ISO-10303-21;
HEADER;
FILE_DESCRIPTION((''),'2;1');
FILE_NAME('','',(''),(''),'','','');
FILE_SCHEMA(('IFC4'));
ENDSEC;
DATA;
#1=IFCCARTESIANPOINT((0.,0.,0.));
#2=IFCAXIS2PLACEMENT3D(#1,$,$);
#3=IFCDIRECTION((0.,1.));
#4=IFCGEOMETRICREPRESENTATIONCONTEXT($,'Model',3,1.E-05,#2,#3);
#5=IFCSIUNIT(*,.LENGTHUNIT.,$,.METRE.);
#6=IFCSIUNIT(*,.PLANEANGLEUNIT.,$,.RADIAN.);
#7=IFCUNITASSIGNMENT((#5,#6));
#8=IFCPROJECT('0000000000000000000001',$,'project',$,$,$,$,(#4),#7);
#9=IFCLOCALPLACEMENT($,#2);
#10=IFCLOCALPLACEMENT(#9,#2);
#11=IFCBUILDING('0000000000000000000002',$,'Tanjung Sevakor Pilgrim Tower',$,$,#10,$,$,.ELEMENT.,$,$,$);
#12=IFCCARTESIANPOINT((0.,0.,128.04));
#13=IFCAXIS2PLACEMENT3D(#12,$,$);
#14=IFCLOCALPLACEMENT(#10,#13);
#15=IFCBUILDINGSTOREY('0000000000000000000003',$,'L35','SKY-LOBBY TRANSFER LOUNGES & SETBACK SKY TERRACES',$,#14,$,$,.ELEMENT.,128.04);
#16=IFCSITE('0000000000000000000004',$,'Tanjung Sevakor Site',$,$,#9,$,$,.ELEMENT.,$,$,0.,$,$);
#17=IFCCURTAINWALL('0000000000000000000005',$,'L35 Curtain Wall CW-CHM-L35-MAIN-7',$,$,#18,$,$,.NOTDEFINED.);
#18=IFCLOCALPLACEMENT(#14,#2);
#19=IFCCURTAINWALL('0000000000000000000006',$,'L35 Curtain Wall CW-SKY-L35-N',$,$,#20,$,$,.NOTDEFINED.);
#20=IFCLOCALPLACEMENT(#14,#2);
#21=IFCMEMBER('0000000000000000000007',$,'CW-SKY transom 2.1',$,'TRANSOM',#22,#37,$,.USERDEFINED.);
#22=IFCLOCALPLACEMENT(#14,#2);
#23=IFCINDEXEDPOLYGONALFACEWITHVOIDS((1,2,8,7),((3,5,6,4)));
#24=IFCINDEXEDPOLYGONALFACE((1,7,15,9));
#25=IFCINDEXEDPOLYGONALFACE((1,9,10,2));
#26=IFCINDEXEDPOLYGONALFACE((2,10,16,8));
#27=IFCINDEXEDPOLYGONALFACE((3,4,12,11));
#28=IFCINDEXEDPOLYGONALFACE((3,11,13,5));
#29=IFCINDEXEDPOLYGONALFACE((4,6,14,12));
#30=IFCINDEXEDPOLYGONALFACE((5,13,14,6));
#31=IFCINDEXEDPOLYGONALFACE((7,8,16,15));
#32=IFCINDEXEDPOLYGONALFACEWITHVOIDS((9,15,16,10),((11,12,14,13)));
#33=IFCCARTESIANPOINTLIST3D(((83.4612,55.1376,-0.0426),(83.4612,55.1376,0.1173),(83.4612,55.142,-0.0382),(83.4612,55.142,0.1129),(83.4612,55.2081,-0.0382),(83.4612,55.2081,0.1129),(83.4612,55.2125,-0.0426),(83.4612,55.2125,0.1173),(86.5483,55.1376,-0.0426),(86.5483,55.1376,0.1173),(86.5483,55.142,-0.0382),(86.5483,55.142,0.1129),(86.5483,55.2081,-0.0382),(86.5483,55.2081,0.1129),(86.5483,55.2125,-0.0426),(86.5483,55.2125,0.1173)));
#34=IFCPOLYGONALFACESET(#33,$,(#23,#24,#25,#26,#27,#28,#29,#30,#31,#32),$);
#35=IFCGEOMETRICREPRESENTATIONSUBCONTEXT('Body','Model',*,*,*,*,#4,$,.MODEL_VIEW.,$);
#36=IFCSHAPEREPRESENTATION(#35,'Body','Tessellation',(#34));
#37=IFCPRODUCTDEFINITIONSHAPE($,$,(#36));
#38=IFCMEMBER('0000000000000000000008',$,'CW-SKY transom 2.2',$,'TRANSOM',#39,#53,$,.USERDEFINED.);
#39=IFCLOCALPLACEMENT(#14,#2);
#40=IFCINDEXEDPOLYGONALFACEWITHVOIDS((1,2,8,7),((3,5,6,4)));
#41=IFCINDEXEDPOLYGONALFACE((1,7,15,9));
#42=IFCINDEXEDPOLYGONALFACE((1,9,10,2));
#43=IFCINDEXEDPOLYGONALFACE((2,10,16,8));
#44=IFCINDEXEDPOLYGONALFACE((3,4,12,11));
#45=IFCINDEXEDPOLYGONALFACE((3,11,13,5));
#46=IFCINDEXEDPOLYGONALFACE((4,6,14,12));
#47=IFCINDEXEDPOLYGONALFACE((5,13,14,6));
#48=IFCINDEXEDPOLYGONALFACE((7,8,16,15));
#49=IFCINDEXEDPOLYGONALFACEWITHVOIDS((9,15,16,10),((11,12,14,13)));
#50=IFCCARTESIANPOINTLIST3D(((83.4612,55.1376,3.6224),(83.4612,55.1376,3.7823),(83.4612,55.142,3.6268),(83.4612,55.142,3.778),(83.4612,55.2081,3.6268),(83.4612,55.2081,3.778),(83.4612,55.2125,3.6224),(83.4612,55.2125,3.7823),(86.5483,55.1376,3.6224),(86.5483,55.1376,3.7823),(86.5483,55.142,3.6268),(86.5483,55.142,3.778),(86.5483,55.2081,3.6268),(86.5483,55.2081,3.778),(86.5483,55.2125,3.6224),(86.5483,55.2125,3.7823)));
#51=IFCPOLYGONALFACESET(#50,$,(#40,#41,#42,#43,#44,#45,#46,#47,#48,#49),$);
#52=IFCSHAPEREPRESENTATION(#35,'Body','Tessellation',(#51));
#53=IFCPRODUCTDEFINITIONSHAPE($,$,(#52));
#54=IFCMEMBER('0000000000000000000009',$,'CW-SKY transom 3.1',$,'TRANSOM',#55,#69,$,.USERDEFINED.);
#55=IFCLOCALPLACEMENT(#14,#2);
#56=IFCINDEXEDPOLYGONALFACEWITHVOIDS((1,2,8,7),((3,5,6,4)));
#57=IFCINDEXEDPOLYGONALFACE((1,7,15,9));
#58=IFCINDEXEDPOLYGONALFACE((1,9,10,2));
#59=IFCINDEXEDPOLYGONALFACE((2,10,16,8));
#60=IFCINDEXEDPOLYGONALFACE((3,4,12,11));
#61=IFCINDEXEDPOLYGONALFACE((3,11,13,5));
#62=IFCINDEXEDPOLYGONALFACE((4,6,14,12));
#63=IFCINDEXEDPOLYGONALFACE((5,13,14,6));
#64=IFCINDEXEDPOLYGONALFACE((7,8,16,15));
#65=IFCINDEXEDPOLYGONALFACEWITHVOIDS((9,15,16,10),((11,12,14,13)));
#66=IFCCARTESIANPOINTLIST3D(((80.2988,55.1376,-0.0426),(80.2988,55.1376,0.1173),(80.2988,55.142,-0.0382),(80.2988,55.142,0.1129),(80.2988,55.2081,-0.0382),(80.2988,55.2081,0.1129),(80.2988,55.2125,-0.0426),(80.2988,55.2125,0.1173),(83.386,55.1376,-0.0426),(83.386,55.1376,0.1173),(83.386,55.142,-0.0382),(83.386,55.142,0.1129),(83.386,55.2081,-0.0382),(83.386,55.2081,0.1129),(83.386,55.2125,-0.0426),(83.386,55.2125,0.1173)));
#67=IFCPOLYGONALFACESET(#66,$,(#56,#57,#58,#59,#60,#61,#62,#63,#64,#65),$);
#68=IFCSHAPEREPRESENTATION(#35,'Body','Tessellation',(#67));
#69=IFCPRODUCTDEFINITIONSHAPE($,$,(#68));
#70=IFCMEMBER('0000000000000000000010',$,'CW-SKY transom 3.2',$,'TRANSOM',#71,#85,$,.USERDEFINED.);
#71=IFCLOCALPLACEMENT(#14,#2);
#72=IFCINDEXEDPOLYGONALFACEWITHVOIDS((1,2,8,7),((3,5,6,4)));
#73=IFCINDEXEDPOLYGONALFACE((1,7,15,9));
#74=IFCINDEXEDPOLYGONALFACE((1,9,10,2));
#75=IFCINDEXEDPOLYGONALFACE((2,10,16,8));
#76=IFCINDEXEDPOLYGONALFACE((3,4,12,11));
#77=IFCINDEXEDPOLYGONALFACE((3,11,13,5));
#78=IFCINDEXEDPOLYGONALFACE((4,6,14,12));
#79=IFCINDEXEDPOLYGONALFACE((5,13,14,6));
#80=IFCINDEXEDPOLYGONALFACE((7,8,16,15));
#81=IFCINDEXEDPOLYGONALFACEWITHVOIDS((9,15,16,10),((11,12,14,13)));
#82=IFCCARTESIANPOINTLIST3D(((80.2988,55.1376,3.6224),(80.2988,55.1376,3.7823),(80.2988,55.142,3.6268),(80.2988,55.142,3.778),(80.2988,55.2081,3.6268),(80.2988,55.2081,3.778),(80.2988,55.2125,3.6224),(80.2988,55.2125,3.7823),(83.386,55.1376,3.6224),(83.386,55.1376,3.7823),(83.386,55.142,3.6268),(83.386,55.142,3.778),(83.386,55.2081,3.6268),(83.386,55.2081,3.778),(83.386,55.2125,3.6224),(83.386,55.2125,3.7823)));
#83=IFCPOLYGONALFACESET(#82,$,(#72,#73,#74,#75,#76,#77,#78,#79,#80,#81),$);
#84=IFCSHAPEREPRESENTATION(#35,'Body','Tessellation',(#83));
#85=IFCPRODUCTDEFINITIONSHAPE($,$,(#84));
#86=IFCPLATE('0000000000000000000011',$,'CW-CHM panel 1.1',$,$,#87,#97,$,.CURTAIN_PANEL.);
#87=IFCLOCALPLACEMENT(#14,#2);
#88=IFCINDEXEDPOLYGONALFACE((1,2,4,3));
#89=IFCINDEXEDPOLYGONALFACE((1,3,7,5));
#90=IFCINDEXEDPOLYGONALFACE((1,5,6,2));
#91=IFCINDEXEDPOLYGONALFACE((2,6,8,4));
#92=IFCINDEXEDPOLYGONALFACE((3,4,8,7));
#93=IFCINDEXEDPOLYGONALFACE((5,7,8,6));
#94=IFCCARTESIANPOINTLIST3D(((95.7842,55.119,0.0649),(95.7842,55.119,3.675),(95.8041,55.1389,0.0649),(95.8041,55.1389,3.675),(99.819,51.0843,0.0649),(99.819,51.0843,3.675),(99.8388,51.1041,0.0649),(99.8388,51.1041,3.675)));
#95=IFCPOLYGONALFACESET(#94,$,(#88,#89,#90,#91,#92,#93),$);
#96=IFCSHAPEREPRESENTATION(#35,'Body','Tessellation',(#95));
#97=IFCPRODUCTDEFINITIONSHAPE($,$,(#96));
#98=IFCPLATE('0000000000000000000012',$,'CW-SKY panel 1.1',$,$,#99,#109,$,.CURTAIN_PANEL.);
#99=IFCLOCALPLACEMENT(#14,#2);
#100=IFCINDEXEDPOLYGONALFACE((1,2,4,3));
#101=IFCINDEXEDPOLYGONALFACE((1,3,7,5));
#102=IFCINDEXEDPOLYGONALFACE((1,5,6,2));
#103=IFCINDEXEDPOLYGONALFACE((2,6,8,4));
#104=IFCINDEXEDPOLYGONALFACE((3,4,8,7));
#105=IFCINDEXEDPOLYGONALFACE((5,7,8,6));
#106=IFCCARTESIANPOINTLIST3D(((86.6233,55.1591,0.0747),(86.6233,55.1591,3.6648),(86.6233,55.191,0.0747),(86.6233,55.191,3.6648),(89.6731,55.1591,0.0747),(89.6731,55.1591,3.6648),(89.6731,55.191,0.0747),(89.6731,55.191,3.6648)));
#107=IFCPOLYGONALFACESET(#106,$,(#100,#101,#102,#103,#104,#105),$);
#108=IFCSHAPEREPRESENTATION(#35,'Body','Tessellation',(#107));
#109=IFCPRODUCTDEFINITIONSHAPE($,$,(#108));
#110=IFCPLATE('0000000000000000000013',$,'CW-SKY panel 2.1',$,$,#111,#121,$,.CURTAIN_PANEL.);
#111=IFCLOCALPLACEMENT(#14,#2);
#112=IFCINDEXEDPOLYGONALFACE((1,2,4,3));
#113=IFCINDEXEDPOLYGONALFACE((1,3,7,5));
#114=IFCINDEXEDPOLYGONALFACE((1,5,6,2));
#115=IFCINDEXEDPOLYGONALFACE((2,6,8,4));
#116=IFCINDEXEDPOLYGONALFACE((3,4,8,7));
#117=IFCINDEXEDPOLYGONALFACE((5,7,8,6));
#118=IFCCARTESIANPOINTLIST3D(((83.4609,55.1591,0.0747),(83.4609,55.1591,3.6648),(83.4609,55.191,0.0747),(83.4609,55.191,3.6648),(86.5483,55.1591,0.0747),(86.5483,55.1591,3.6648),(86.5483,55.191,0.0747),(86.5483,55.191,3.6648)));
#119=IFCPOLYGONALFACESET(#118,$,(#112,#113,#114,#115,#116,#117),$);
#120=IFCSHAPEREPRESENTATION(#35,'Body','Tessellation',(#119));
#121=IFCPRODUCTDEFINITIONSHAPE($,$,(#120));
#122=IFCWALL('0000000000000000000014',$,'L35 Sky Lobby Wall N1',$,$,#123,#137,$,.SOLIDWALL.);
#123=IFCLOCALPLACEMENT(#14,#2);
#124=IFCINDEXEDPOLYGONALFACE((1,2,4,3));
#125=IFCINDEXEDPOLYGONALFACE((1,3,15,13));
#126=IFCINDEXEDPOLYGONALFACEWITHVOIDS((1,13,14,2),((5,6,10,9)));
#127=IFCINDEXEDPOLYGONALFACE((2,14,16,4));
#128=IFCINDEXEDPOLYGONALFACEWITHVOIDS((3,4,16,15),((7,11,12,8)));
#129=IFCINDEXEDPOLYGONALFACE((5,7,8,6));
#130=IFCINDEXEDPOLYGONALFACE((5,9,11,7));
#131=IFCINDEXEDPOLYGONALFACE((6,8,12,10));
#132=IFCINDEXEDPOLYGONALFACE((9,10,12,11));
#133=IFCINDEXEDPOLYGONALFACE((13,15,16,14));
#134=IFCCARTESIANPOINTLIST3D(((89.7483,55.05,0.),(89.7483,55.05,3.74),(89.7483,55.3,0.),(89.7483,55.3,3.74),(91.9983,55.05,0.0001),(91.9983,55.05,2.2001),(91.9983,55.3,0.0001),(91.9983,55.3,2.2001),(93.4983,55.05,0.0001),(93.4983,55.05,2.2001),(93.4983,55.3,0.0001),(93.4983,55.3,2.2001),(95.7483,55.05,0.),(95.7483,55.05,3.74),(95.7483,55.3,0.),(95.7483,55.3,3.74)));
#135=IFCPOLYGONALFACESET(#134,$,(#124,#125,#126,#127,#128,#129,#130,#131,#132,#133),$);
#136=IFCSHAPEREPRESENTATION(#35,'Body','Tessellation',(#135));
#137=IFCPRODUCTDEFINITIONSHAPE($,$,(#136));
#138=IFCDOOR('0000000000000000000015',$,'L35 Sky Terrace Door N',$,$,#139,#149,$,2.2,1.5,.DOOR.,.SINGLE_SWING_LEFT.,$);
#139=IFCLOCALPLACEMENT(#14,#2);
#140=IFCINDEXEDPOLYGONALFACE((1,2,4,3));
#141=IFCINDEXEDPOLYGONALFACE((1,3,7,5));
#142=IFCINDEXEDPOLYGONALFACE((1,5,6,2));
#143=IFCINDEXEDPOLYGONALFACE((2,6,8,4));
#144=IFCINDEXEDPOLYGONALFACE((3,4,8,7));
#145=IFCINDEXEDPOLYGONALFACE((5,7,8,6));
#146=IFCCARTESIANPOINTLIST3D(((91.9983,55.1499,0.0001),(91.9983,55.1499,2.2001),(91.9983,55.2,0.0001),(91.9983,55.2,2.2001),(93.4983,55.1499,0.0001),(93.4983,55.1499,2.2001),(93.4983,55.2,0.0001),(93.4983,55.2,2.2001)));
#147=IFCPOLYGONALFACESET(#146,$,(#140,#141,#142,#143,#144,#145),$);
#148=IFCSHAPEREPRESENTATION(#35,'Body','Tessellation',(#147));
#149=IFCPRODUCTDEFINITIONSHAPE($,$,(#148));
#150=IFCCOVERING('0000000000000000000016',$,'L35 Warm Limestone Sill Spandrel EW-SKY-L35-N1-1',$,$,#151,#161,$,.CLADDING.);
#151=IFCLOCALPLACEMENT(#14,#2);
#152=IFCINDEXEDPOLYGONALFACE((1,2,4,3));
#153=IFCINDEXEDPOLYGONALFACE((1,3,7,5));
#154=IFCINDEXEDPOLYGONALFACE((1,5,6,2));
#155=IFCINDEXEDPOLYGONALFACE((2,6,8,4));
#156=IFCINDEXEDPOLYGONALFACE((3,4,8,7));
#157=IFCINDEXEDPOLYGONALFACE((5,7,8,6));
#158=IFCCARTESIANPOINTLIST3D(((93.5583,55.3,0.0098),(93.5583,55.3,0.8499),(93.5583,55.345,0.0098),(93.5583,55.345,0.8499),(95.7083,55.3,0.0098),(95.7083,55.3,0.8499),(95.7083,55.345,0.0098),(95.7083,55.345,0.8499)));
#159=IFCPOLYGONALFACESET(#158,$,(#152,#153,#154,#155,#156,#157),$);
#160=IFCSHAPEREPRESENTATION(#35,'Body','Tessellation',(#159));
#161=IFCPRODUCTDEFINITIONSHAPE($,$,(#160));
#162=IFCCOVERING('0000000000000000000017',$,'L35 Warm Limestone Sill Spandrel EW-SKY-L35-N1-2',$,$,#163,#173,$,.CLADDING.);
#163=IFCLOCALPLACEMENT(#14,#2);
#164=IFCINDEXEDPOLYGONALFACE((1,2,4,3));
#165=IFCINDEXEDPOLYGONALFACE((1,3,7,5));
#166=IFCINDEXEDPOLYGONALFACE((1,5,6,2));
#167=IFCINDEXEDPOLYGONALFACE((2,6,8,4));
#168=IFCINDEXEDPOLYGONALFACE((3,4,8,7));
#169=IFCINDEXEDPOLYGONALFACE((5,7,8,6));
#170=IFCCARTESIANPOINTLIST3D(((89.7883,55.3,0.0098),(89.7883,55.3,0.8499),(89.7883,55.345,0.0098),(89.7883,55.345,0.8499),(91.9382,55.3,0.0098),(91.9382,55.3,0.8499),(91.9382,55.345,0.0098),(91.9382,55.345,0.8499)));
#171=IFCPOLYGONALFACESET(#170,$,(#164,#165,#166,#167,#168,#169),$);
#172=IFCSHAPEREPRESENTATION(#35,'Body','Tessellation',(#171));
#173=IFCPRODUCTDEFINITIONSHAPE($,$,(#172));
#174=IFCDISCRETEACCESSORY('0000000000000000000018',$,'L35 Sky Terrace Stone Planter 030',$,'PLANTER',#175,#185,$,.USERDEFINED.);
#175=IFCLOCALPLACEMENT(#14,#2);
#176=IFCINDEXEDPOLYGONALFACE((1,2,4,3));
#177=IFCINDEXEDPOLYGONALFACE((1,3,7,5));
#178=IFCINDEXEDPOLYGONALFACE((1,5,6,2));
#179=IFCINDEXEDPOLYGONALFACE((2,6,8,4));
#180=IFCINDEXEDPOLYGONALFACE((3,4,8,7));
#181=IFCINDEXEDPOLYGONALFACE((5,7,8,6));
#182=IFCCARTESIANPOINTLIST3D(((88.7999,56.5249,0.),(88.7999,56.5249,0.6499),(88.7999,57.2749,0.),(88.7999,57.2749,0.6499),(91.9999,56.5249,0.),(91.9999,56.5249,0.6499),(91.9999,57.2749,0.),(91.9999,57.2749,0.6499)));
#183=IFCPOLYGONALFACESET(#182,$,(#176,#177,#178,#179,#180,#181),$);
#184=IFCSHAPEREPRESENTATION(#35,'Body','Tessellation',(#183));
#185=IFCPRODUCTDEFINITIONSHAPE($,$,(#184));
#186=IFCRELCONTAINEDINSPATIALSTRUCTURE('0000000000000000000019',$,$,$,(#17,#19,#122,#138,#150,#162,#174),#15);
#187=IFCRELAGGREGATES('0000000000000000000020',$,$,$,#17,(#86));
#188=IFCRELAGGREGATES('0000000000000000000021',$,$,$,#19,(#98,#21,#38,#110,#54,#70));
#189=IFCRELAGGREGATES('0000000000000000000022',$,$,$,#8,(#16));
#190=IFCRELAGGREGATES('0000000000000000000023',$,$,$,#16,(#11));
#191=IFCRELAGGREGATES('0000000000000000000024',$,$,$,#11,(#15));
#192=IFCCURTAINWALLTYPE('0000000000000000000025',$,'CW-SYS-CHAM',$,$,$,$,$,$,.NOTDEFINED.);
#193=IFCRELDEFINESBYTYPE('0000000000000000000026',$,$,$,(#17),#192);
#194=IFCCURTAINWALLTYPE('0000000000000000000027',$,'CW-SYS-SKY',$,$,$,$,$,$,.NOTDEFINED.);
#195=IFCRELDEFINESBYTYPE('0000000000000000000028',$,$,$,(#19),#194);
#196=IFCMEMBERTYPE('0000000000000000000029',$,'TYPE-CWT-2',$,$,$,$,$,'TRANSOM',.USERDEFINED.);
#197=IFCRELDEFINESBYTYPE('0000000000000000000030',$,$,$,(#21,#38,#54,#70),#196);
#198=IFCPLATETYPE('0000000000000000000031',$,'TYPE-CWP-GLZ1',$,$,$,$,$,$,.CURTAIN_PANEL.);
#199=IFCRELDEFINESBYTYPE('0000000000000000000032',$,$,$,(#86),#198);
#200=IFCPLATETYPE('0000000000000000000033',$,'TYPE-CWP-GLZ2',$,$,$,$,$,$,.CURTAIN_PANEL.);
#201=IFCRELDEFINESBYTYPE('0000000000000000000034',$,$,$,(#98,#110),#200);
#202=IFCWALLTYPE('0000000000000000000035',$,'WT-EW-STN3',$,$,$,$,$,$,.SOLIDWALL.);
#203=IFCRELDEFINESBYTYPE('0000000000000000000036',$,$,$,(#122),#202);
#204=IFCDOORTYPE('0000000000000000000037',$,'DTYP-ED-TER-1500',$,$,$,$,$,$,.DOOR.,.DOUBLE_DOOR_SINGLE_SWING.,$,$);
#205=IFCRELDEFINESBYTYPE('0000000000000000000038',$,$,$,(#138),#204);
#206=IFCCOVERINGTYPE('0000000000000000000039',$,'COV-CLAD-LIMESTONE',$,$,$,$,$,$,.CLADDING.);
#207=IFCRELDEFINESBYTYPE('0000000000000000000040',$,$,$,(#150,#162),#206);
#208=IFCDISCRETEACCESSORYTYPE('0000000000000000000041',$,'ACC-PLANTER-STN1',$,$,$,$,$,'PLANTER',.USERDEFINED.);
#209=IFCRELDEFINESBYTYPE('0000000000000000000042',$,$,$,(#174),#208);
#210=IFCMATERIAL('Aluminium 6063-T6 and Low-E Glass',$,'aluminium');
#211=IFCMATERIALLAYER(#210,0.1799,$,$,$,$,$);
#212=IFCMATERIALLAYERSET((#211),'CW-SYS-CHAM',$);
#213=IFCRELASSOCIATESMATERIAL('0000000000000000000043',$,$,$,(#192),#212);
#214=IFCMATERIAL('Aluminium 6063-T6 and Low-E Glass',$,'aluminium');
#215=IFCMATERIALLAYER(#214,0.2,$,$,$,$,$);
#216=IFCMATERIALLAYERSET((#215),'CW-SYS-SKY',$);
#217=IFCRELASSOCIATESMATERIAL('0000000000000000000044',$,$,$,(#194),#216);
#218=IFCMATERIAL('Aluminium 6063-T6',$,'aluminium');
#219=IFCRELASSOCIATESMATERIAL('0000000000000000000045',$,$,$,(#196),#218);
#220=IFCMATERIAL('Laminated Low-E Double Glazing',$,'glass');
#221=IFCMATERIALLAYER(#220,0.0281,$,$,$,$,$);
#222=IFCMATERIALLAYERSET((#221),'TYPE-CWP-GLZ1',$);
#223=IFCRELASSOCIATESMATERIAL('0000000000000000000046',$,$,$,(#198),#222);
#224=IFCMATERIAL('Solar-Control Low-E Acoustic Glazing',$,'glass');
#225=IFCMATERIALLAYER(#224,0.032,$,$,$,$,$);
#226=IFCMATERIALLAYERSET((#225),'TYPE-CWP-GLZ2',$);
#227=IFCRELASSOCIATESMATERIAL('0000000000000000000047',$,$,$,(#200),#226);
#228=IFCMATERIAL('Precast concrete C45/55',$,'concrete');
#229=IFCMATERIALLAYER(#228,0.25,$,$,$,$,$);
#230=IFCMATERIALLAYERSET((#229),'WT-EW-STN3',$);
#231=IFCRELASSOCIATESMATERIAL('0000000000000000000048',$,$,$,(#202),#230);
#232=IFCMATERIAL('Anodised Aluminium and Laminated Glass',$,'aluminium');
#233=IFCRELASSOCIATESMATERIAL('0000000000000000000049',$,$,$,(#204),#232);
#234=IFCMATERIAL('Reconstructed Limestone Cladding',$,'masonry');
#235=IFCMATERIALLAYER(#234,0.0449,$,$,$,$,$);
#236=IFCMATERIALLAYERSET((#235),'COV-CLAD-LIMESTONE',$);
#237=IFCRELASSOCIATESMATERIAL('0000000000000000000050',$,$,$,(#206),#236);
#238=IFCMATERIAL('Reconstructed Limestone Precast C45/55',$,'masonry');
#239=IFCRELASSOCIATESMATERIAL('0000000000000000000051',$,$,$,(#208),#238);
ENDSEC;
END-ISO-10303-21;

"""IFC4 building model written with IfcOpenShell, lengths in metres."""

from ifc_helpers import new_model, si_unit, direction, frame, frame_2d, origin, origin_2d, place, context, subcontext, project, spatial, rectangle, hollow_rectangle, extrude, material, layer, layer_set, material_profile, profile_set, type_object, element, fill, aggregate, save


model = new_model("IFC4")

# Units and contexts
model_context = context("Model", 3, precision=1e-05, world=origin(), true_north=direction((0.0, 1.0)))
body_context = subcontext(model_context, "Body", "Model", "MODEL_VIEW")
ifc_project = project(units=[si_unit("LENGTHUNIT", "METRE"), si_unit("PLANEANGLEUNIT", "RADIAN")], contexts=[model_context])

# Site, building, storey
site_placement = place(None, origin())
site = spatial("IfcSite", under=ifc_project, at=site_placement, Name="Tanjung Sevakor Site", CompositionType="ELEMENT", RefElevation=0.0)
building_placement = place(site_placement, origin())
building = spatial("IfcBuilding", under=site, at=building_placement, Name="Tanjung Sevakor Pilgrim Tower", CompositionType="ELEMENT")
storey_placement = place(building_placement, frame((0.0, 0.0, 128.04)))
storey = spatial("IfcBuildingStorey", under=building, at=storey_placement, Name="L35", Description="SKY-LOBBY TRANSFER LOUNGES & SETBACK SKY TERRACES", CompositionType="ELEMENT", Elevation=128.04)

# Curtain wall
ifc_material_1 = material(Name="Aluminium 6063-T6 and Low-E Glass", Category="aluminium")
ifc_layer_1 = layer(ifc_material_1, 0.1799)
ifc_layer_set_1 = layer_set([ifc_layer_1], Name="CW-SYS-CHAM")
curtain_wall_type_1 = type_object("IfcCurtainWallType", Name="CW-SYS-CHAM", PredefinedType="NOTDEFINED", material=ifc_layer_set_1)
curtain_wall_1_placement = place(storey_placement, origin())
curtain_wall_1 = element("IfcCurtainWall", 1, at=curtain_wall_1_placement, inside=storey, type_object=curtain_wall_type_1, Name="L35 Curtain Wall CW-CHM-L35-MAIN-7", PredefinedType="NOTDEFINED")

# Curtain wall
ifc_material_2 = material(Name="Aluminium 6063-T6 and Low-E Glass", Category="aluminium")
ifc_layer_2 = layer(ifc_material_2, 0.2)
ifc_layer_set_2 = layer_set([ifc_layer_2], Name="CW-SYS-SKY")
curtain_wall_type_2 = type_object("IfcCurtainWallType", Name="CW-SYS-SKY", PredefinedType="NOTDEFINED", material=ifc_layer_set_2)
curtain_wall_2_placement = place(storey_placement, origin())
curtain_wall_2 = element("IfcCurtainWall", 2, at=curtain_wall_2_placement, inside=storey, type_object=curtain_wall_type_2, Name="L35 Curtain Wall CW-SKY-L35-N", PredefinedType="NOTDEFINED")

# Members
ifc_material_3 = material(Name="Aluminium 6063-T6", Category="aluminium")
ifc_material_profile_1 = material_profile(ifc_material_3, hollow_rectangle(XDim=0.075, YDim=0.1599, WallThickness=0.0044, at=origin_2d()))
ifc_profile_set_1 = profile_set([ifc_material_profile_1], Name="Aluminium 6063-T6")
member_type_1 = type_object("IfcMemberType", Name="TYPE-CWT-2", ElementType="TRANSOM", PredefinedType="USERDEFINED", material=ifc_profile_set_1)
member_1_placement = place(storey_placement, frame((86.5483, 55.175, 0.0374), z_axis=(-1.0, 0.0, 0.0), x_axis=(0.0, -1.0, 0.0)))
member_1 = element("IfcMember", 3, at=member_1_placement, type_object=member_type_1, Name="CW-SKY transom 2.1", ObjectType="TRANSOM", PredefinedType="USERDEFINED", context=body_context, shape_type="SweptSolid", body=[
    extrude(hollow_rectangle(XDim=0.075, YDim=0.1599, WallThickness=0.0044, at=origin_2d()), origin(), (0.0, 0.0, 1.0), 3.0872),
])
member_2_placement = place(storey_placement, frame((86.5483, 55.175, 3.7024), z_axis=(-1.0, 0.0, 0.0), x_axis=(0.0, -1.0, 0.0)))
member_2 = element("IfcMember", 4, at=member_2_placement, type_object=member_type_1, Name="CW-SKY transom 2.2", ObjectType="TRANSOM", PredefinedType="USERDEFINED", context=body_context, shape_type="SweptSolid", body=[
    extrude(hollow_rectangle(XDim=0.075, YDim=0.1599, WallThickness=0.0044, at=origin_2d()), origin(), (0.0, 0.0, 1.0), 3.0872),
])
member_3_placement = place(storey_placement, frame((83.386, 55.175, 0.0374), z_axis=(-1.0, 0.0, 0.0), x_axis=(0.0, -1.0, 0.0)))
member_3 = element("IfcMember", 5, at=member_3_placement, type_object=member_type_1, Name="CW-SKY transom 3.1", ObjectType="TRANSOM", PredefinedType="USERDEFINED", context=body_context, shape_type="SweptSolid", body=[
    extrude(hollow_rectangle(XDim=0.075, YDim=0.1599, WallThickness=0.0044, at=origin_2d()), origin(), (0.0, 0.0, 1.0), 3.0872),
])
member_4_placement = place(storey_placement, frame((83.386, 55.175, 3.7024), z_axis=(-1.0, 0.0, 0.0), x_axis=(0.0, -1.0, 0.0)))
member_4 = element("IfcMember", 6, at=member_4_placement, type_object=member_type_1, Name="CW-SKY transom 3.2", ObjectType="TRANSOM", PredefinedType="USERDEFINED", context=body_context, shape_type="SweptSolid", body=[
    extrude(hollow_rectangle(XDim=0.075, YDim=0.1599, WallThickness=0.0044, at=origin_2d()), origin(), (0.0, 0.0, 1.0), 3.0872),
])

# Plates
ifc_material_4 = material(Name="Laminated Low-E Double Glazing", Category="glass")
ifc_layer_3 = layer(ifc_material_4, 0.0281)
ifc_layer_set_3 = layer_set([ifc_layer_3], Name="TYPE-CWP-GLZ1")
plate_type_1 = type_object("IfcPlateType", Name="TYPE-CWP-GLZ1", PredefinedType="CURTAIN_PANEL", material=ifc_layer_set_3)
plate_1_placement = place(storey_placement, frame((97.8115, 53.1116, 0.0649), z_axis=(0.0, 0.0, 1.0), x_axis=(-0.707107, 0.707107, 0.0)))
plate_1 = element("IfcPlate", 7, at=plate_1_placement, type_object=plate_type_1, Name="CW-CHM panel 1.1", PredefinedType="CURTAIN_PANEL", context=body_context, shape_type="SweptSolid", body=[
    extrude(rectangle(XDim=5.7061, YDim=0.0281, at=origin_2d()), origin(), (0.0, 0.0, 1.0), 3.6101),
])
aggregate(curtain_wall_1, [plate_1])
ifc_material_5 = material(Name="Solar-Control Low-E Acoustic Glazing", Category="glass")
ifc_layer_4 = layer(ifc_material_5, 0.032)
ifc_layer_set_4 = layer_set([ifc_layer_4], Name="TYPE-CWP-GLZ2")
plate_type_2 = type_object("IfcPlateType", Name="TYPE-CWP-GLZ2", PredefinedType="CURTAIN_PANEL", material=ifc_layer_set_4)
plate_2_placement = place(storey_placement, frame((88.1482, 55.175, 0.0747), z_axis=(0.0, 0.0, 1.0), x_axis=(-1.0, 0.0, 0.0)))
plate_2 = element("IfcPlate", 8, at=plate_2_placement, type_object=plate_type_2, Name="CW-SKY panel 1.1", PredefinedType="CURTAIN_PANEL", context=body_context, shape_type="SweptSolid", body=[
    extrude(rectangle(XDim=3.0498, YDim=0.032, at=origin_2d()), origin(), (0.0, 0.0, 1.0), 3.5901),
])
plate_3_placement = place(storey_placement, frame((85.0046, 55.175, 0.0747), z_axis=(0.0, 0.0, 1.0), x_axis=(-1.0, 0.0, 0.0)))
plate_3 = element("IfcPlate", 9, at=plate_3_placement, type_object=plate_type_2, Name="CW-SKY panel 2.1", PredefinedType="CURTAIN_PANEL", context=body_context, shape_type="SweptSolid", body=[
    extrude(rectangle(XDim=3.0874, YDim=0.032, at=origin_2d()), origin(), (0.0, 0.0, 1.0), 3.5901),
])
aggregate(curtain_wall_2, [plate_2, member_1, member_2, plate_3, member_3, member_4])

# Wall, opening, door
ifc_material_6 = material(Name="Precast concrete C45/55", Category="concrete")
ifc_layer_5 = layer(ifc_material_6, 0.25)
ifc_layer_set_5 = layer_set([ifc_layer_5], Name="WT-EW-STN3")
wall_type = type_object("IfcWallType", Name="WT-EW-STN3", PredefinedType="SOLIDWALL", material=ifc_layer_set_5)
wall_placement = place(storey_placement, frame((95.7483, 55.175, 0.0), z_axis=(0.0, 0.0, 1.0), x_axis=(-1.0, 0.0, 0.0)))
wall = element("IfcWall", 10, at=wall_placement, inside=storey, type_object=wall_type, Name="L35 Sky Lobby Wall N1", PredefinedType="SOLIDWALL", context=body_context, shape_type="SweptSolid", body=[
    extrude(rectangle(XDim=6.0, YDim=0.25, at=frame_2d((3.0, 0.0))), origin(), (0.0, 0.0, 1.0), 3.74),
])
opening_placement = place(wall_placement, frame((2.25, 0.0, 0.0)))
opening = element("IfcOpeningElement", 11, at=opening_placement, cuts=wall, PredefinedType="OPENING", context=body_context, shape_type="SweptSolid", body=[
    extrude(rectangle(XDim=1.5, YDim=2.2, at=frame_2d((0.75, 1.1001))), frame((0.0, 0.135, 0.0), z_axis=(0.0, -1.0, 0.0), x_axis=(1.0, 0.0, 0.0)), (0.0, 0.0, 1.0), 0.27),
])
ifc_material_7 = material(Name="Anodised Aluminium and Laminated Glass", Category="aluminium")
door_type = type_object("IfcDoorType", Name="DTYP-ED-TER-1500", OperationType="DOUBLE_DOOR_SINGLE_SWING", PredefinedType="DOOR", material=ifc_material_7)
door_placement = place(opening_placement, frame((1.5, 0.0, 0.0), z_axis=(0.0, 0.0, 1.0), x_axis=(-1.0, 0.0, 0.0)))
door = element("IfcDoor", 12, at=door_placement, inside=storey, type_object=door_type, Name="L35 Sky Terrace Door N", OperationType="SINGLE_SWING_LEFT", OverallHeight=2.2, OverallWidth=1.5, PredefinedType="DOOR", context=body_context, shape_type="SweptSolid", body=[
    extrude(rectangle(XDim=1.5, YDim=2.2, at=frame_2d((0.75, 1.1001))), frame((0.0, 0.0249, 0.0), z_axis=(0.0, -1.0, 0.0), x_axis=(1.0, 0.0, 0.0)), (0.0, 0.0, 1.0), 0.05),
])
fill(opening, door)

# Coverings
ifc_material_8 = material(Name="Reconstructed Limestone Cladding", Category="masonry")
ifc_layer_6 = layer(ifc_material_8, 0.0449)
ifc_layer_set_6 = layer_set([ifc_layer_6], Name="COV-CLAD-LIMESTONE")
covering_type = type_object("IfcCoveringType", Name="COV-CLAD-LIMESTONE", PredefinedType="CLADDING", material=ifc_layer_set_6)
for number, where, z_axis, x_axis, name in (
    (13, (94.6333, 55.3225, 0.0098), (0.0, 0.0, 1.0), (-1.0, 0.0, 0.0), "L35 Warm Limestone Sill Spandrel EW-SKY-L35-N1-1"),
    (14, (90.8633, 55.3225, 0.0098), (0.0, 0.0, 1.0), (-1.0, 0.0, 0.0), "L35 Warm Limestone Sill Spandrel EW-SKY-L35-N1-2"),
):
    element("IfcCovering", number, at=place(storey_placement, frame(where, z_axis=z_axis, x_axis=x_axis)), inside=storey, type_object=covering_type, Name=name, PredefinedType="CLADDING", context=body_context, shape_type="SweptSolid", body=[
        extrude(rectangle(XDim=2.1499, YDim=0.0449, at=origin_2d()), origin(), (0.0, 0.0, 1.0), 0.8401),
    ])

# Discrete accessory
ifc_material_9 = material(Name="Reconstructed Limestone Precast C45/55", Category="masonry")
discrete_accessory_type = type_object("IfcDiscreteAccessoryType", Name="ACC-PLANTER-STN1", ElementType="PLANTER", PredefinedType="USERDEFINED", material=ifc_material_9)
discrete_accessory_placement = place(storey_placement, frame((90.3999, 56.8999, 0.0), z_axis=(0.0, 0.0, 1.0), x_axis=(1.0, 0.0, 0.0)))
element("IfcDiscreteAccessory", 15, at=discrete_accessory_placement, inside=storey, type_object=discrete_accessory_type, Name="L35 Sky Terrace Stone Planter 030", ObjectType="PLANTER", PredefinedType="USERDEFINED", context=body_context, shape_type="SweptSolid", body=[
    extrude(rectangle(XDim=3.2, YDim=0.75, at=origin_2d()), origin(), (0.0, 0.0, 1.0), 0.6499),
])

save(model, "model.ifc")
